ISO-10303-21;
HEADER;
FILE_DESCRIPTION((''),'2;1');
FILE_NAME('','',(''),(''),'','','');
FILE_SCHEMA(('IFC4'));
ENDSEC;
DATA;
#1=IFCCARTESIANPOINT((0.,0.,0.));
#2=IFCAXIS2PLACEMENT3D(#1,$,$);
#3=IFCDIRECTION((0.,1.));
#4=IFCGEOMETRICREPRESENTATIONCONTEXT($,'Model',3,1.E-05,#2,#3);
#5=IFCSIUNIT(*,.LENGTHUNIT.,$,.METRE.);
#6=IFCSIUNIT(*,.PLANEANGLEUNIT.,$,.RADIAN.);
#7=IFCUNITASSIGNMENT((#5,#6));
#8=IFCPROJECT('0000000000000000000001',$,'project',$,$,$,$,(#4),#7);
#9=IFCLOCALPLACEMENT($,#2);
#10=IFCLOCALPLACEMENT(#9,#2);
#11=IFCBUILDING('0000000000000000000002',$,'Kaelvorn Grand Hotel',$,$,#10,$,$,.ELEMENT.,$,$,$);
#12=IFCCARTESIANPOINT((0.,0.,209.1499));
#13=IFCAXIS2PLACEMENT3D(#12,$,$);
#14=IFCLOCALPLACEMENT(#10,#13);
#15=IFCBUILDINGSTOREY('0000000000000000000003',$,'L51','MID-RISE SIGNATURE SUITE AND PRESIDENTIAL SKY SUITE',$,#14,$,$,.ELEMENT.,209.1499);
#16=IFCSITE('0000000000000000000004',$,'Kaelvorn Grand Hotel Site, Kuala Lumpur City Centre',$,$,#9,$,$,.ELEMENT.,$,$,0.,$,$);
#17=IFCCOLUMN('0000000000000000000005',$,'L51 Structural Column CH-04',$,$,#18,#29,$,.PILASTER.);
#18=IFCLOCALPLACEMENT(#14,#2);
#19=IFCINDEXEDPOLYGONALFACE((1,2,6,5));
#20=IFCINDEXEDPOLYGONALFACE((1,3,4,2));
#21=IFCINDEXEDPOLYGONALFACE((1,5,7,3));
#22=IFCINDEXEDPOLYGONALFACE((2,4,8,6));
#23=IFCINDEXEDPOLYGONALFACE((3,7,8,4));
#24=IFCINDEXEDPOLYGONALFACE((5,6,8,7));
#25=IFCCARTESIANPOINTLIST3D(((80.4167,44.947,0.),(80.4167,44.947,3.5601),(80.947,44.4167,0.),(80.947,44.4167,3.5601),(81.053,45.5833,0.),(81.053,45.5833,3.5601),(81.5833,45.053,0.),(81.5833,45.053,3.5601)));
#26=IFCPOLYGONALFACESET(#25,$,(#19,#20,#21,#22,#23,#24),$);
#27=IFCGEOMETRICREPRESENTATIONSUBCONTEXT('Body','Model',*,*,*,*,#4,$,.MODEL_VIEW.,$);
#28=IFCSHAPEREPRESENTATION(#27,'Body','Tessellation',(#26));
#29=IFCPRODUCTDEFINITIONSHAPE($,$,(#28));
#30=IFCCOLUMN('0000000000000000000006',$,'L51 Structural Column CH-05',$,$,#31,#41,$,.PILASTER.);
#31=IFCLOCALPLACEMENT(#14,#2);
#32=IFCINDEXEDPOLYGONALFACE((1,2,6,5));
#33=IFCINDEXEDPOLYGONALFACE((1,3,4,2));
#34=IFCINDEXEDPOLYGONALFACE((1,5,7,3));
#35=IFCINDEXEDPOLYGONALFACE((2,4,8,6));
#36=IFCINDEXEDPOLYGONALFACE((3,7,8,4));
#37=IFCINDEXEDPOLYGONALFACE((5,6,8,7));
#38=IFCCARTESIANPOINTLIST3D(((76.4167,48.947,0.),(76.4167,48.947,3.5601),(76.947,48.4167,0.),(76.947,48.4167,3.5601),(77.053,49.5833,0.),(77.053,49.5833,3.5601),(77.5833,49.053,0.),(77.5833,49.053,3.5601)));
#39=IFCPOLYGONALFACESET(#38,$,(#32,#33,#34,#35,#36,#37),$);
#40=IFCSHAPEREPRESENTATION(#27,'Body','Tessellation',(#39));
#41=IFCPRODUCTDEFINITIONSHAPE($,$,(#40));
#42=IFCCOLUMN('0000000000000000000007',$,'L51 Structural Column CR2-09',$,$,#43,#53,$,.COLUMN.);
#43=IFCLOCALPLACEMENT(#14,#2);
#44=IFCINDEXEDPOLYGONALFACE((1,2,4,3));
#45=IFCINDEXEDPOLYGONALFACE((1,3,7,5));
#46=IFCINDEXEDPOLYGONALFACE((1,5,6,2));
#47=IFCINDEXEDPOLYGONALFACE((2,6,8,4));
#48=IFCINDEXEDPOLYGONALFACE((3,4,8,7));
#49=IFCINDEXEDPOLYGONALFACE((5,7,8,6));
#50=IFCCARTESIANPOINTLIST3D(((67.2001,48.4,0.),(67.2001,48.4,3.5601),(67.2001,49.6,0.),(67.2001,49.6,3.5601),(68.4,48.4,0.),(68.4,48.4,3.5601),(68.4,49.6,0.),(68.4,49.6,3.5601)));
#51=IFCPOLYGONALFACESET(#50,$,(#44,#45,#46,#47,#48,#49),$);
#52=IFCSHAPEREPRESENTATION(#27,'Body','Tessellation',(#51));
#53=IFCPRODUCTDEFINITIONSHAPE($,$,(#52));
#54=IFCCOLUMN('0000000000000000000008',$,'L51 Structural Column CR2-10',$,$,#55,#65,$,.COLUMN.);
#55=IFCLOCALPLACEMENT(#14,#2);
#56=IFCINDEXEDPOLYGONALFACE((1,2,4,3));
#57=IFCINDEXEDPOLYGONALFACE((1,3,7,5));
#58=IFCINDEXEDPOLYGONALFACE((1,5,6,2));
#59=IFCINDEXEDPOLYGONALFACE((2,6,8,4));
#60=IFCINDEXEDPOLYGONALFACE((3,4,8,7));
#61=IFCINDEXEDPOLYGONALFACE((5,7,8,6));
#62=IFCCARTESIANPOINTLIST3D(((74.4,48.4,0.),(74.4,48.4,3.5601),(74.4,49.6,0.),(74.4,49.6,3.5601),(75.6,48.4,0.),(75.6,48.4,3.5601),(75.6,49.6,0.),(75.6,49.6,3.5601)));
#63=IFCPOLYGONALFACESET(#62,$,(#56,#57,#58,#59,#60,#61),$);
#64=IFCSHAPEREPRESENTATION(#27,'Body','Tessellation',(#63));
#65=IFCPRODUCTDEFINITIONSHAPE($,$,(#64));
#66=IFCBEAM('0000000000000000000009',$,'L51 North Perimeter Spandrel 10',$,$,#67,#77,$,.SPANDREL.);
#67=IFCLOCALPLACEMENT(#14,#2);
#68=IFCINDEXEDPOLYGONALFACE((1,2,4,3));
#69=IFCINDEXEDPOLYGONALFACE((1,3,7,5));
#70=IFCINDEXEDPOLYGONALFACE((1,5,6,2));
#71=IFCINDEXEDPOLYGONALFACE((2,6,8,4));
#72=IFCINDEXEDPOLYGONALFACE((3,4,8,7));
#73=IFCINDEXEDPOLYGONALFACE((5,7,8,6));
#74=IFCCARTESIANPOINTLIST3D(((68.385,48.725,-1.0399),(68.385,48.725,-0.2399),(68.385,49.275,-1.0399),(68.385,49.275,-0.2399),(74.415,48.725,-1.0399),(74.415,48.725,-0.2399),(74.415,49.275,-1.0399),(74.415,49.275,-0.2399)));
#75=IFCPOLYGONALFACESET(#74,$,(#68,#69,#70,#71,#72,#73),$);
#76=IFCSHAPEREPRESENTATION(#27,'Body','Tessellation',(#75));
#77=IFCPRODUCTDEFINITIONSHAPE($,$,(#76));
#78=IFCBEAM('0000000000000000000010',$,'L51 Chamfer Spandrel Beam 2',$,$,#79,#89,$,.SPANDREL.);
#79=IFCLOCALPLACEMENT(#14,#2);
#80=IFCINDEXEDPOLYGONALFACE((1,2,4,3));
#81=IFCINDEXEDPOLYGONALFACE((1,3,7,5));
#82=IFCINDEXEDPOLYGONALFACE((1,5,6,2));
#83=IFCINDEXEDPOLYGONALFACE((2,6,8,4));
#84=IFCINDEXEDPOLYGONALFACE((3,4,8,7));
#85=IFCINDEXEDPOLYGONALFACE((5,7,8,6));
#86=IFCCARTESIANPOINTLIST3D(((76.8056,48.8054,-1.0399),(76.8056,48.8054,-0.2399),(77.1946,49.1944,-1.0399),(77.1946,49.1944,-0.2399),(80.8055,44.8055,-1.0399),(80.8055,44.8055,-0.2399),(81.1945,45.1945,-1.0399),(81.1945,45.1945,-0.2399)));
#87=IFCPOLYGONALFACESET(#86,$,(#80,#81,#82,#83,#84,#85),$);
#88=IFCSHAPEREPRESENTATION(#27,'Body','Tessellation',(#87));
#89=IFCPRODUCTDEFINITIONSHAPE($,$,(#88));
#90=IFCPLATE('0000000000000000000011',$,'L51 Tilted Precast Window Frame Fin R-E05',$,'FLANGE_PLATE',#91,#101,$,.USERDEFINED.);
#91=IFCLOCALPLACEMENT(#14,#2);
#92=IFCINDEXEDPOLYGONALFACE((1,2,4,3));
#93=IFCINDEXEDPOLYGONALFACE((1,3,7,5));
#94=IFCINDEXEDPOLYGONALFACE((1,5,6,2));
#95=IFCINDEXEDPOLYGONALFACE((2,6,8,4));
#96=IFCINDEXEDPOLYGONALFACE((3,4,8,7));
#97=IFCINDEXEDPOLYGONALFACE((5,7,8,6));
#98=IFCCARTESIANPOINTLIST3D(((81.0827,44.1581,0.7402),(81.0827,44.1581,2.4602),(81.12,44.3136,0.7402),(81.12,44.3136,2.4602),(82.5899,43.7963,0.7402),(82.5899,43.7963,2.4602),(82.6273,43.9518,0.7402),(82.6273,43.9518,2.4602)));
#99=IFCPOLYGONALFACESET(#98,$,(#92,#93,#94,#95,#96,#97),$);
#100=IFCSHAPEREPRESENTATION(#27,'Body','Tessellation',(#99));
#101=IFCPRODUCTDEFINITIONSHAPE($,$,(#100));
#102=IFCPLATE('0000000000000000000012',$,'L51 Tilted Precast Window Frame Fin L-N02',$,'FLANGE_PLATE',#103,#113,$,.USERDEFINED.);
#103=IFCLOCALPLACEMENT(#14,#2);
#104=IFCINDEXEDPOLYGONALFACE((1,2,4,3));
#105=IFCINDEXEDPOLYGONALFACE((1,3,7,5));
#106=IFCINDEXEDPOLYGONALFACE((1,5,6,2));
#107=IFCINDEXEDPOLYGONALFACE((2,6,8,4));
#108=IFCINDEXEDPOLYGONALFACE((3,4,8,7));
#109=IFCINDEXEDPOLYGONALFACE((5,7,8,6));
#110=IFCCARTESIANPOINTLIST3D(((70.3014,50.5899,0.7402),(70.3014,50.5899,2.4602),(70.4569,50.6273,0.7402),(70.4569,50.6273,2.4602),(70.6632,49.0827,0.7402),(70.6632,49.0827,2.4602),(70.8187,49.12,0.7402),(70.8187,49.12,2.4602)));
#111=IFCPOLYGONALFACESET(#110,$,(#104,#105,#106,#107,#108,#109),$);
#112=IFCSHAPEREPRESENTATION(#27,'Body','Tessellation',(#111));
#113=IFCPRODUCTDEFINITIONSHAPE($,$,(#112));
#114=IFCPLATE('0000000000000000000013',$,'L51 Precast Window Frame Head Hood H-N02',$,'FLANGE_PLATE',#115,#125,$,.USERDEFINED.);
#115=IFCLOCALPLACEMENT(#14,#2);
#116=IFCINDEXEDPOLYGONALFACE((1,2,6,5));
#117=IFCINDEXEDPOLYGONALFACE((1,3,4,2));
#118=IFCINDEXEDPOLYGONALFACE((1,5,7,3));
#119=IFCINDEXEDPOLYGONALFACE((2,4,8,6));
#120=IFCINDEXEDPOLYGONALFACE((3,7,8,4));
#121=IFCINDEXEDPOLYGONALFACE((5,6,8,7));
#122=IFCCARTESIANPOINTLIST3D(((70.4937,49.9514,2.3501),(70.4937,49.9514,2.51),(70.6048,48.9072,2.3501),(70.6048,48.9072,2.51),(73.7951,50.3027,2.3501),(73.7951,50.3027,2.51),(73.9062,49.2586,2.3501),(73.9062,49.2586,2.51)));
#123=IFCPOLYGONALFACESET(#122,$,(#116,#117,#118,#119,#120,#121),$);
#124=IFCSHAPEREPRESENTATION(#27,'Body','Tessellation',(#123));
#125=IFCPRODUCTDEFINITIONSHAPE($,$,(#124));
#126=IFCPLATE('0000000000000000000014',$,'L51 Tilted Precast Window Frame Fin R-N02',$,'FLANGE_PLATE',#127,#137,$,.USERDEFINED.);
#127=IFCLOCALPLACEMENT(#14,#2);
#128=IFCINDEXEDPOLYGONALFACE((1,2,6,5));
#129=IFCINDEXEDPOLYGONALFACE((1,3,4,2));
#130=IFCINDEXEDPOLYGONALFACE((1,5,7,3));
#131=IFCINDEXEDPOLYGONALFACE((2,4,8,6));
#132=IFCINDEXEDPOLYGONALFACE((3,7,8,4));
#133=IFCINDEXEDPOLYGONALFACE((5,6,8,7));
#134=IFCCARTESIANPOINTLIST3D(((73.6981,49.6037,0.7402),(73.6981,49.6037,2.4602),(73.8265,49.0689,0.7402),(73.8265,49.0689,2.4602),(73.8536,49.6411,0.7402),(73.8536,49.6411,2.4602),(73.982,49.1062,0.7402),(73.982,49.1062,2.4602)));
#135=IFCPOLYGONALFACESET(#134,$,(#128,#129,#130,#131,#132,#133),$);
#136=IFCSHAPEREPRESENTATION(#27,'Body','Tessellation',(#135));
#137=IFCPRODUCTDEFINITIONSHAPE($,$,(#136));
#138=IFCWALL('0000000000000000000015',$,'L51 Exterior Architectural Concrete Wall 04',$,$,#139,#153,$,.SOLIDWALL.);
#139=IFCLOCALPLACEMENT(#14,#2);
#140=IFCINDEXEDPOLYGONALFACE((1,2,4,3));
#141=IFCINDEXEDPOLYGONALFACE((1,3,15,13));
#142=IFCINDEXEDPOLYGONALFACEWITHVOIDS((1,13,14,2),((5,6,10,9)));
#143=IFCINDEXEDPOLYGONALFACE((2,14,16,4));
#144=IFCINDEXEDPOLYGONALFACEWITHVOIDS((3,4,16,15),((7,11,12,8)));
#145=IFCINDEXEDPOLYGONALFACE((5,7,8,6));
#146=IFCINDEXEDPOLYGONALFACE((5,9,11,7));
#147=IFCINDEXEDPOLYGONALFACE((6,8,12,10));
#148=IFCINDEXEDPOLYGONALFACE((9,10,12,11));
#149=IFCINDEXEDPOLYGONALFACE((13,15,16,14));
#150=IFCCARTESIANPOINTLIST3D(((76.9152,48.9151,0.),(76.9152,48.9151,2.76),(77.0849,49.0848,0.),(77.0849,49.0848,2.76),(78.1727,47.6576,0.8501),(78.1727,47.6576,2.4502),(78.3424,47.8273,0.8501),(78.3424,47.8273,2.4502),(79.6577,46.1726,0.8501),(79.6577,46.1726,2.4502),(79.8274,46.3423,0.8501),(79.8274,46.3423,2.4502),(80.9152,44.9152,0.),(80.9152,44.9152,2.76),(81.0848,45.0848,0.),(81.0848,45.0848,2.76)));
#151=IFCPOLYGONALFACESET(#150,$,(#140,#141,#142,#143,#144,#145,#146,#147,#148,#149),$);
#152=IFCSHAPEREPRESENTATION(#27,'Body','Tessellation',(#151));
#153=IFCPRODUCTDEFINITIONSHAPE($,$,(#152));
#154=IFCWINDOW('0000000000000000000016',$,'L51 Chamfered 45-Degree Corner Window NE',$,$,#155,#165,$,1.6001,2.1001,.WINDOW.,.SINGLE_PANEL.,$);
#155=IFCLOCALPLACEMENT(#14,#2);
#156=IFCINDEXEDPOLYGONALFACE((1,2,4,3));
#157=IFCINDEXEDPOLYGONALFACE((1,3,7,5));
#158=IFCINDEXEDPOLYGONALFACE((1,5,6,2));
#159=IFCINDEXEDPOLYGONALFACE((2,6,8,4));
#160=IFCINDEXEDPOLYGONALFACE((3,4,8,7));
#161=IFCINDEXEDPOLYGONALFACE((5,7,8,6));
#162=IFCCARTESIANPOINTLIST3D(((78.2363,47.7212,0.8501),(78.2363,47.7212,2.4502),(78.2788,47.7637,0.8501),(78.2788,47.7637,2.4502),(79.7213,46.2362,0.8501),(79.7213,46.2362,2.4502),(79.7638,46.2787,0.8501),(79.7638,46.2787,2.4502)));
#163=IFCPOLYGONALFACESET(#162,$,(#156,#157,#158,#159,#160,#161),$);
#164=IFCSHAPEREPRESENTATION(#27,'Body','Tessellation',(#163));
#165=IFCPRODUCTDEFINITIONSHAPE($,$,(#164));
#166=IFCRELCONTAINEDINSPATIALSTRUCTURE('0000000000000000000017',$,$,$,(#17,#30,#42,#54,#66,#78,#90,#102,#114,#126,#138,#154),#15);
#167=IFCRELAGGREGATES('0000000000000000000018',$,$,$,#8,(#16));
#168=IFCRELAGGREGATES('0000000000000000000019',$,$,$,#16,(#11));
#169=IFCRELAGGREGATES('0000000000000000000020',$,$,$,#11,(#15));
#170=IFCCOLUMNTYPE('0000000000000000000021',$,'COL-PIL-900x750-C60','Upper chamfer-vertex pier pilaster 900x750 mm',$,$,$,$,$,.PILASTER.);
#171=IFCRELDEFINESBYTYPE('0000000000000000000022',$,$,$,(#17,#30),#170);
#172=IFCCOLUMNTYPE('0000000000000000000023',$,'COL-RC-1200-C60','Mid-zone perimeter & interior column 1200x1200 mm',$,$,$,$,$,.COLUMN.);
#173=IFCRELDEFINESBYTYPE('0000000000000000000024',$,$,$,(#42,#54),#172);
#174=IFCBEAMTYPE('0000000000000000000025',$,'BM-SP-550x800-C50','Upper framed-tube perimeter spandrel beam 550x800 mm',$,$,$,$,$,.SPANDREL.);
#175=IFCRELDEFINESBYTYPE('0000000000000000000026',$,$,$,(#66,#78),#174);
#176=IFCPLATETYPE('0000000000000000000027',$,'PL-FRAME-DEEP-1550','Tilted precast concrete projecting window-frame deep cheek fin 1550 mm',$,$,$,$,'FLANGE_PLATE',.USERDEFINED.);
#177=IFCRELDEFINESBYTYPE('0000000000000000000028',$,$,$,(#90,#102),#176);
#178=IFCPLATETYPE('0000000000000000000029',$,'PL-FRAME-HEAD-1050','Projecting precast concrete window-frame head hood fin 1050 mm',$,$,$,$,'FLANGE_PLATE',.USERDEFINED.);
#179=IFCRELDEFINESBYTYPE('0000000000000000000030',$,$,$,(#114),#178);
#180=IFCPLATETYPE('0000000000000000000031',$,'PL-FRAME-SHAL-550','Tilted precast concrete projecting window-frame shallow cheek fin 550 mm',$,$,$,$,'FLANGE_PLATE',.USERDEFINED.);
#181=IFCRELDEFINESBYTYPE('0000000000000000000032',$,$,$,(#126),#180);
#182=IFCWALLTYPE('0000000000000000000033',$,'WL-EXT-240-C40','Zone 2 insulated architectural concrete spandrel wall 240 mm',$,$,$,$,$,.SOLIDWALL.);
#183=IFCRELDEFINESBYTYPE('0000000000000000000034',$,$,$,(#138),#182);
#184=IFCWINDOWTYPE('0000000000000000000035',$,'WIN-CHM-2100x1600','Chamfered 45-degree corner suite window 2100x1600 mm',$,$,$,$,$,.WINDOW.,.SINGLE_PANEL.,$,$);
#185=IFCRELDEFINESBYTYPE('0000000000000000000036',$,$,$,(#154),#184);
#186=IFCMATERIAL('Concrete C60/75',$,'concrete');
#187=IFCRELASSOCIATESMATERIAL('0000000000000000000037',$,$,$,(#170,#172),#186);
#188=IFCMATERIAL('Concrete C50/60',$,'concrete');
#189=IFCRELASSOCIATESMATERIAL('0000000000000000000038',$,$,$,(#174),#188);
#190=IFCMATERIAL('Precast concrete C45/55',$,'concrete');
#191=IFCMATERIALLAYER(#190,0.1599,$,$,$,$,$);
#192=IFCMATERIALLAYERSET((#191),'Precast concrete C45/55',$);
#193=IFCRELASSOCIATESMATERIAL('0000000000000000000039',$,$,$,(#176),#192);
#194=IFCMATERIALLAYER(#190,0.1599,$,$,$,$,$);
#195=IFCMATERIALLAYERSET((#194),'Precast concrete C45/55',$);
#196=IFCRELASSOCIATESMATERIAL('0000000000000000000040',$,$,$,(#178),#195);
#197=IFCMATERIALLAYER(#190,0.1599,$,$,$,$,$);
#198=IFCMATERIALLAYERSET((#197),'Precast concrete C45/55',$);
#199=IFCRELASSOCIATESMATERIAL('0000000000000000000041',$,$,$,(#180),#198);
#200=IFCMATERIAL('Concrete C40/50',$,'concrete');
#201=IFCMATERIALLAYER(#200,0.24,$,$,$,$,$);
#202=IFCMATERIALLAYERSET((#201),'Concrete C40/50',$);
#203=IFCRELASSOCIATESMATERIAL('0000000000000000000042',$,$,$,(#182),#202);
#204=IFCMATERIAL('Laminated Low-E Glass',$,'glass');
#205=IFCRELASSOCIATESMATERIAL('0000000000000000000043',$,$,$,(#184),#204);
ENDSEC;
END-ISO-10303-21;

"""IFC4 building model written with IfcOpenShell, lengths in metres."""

from ifc_helpers import new_model, si_unit, direction, frame, frame_2d, origin, origin_2d, place, context, subcontext, project, spatial, rectangle, extrude, material, layer, layer_set, material_profile, profile_set, type_object, element, fill, save


model = new_model("IFC4")

# Units and contexts
model_context = context("Model", 3, precision=1e-05, world=origin(), true_north=direction((0.0, 1.0)))
body_context = subcontext(model_context, "Body", "Model", "MODEL_VIEW")
ifc_project = project(units=[si_unit("LENGTHUNIT", "METRE"), si_unit("PLANEANGLEUNIT", "RADIAN")], contexts=[model_context])

# Site, building, storey
site_placement = place(None, origin())
site = spatial("IfcSite", under=ifc_project, at=site_placement, Name="Kaelvorn Grand Hotel Site, Kuala Lumpur City Centre", CompositionType="ELEMENT", RefElevation=0.0)
building_placement = place(site_placement, origin())
building = spatial("IfcBuilding", under=site, at=building_placement, Name="Kaelvorn Grand Hotel", CompositionType="ELEMENT")
storey_placement = place(building_placement, frame((0.0, 0.0, 209.1499)))
storey = spatial("IfcBuildingStorey", under=building, at=storey_placement, Name="L51", Description="MID-RISE SIGNATURE SUITE AND PRESIDENTIAL SKY SUITE", CompositionType="ELEMENT", Elevation=209.1499)

# Columns
ifc_material_1 = material(Name="Concrete C60/75", Category="concrete")
ifc_material_profile_1 = material_profile(ifc_material_1, rectangle(XDim=0.8999, YDim=0.75, at=origin_2d()), Name="RC PILASTER 900x750")
ifc_profile_set_1 = profile_set([ifc_material_profile_1], Name="Concrete C60/75")
column_type_1 = type_object("IfcColumnType", Name="COL-PIL-900x750-C60", Description="Upper chamfer-vertex pier pilaster 900x750 mm", PredefinedType="PILASTER", material=ifc_profile_set_1)
for number, where, z_axis, x_axis, name in (
    (1, (81.0, 45.0, 0.0), (0.0, 0.0, 1.0), (0.707107, 0.707107, 0.0), "L51 Structural Column CH-04"),
    (2, (77.0, 49.0, 0.0), (0.0, 0.0, 1.0), (0.707107, 0.707107, 0.0), "L51 Structural Column CH-05"),
):
    element("IfcColumn", number, at=place(storey_placement, frame(where, z_axis=z_axis, x_axis=x_axis)), inside=storey, type_object=column_type_1, Name=name, PredefinedType="PILASTER", context=body_context, shape_type="SweptSolid", body=[
        extrude(rectangle(XDim=0.8999, YDim=0.75, at=origin_2d()), origin(), (0.0, 0.0, 1.0), 3.5601),
    ])
ifc_material_profile_2 = material_profile(ifc_material_1, rectangle(XDim=1.2, YDim=1.2, at=origin_2d()), Name="RC COL 1200x1200")
ifc_profile_set_2 = profile_set([ifc_material_profile_2], Name="Concrete C60/75")
column_type_2 = type_object("IfcColumnType", Name="COL-RC-1200-C60", Description="Mid-zone perimeter & interior column 1200x1200 mm", PredefinedType="COLUMN", material=ifc_profile_set_2)
for number, where, z_axis, x_axis, name in (
    (3, (67.8, 49.0, 0.0), (0.0, 0.0, 1.0), (1.0, 0.0, 0.0), "L51 Structural Column CR2-09"),
    (4, (75.0, 49.0, 0.0), (0.0, 0.0, 1.0), (1.0, 0.0, 0.0), "L51 Structural Column CR2-10"),
):
    element("IfcColumn", number, at=place(storey_placement, frame(where, z_axis=z_axis, x_axis=x_axis)), inside=storey, type_object=column_type_2, Name=name, PredefinedType="COLUMN", context=body_context, shape_type="SweptSolid", body=[
        extrude(rectangle(XDim=1.2, YDim=1.2, at=origin_2d()), origin(), (0.0, 0.0, 1.0), 3.5601),
    ])

# Beams
ifc_material_2 = material(Name="Concrete C50/60", Category="concrete")
ifc_material_profile_3 = material_profile(ifc_material_2, rectangle(XDim=0.55, YDim=0.8, at=origin_2d()), Name="RC SPANDREL 550x800")
ifc_profile_set_3 = profile_set([ifc_material_profile_3], Name="Concrete C50/60")
beam_type = type_object("IfcBeamType", Name="BM-SP-550x800-C50", Description="Upper framed-tube perimeter spandrel beam 550x800 mm", PredefinedType="SPANDREL", material=ifc_profile_set_3)
beam_1_placement = place(storey_placement, frame((68.385, 49.0, -0.6399), z_axis=(1.0, 0.0, 0.0), x_axis=(0.0, 1.0, 0.0)))
element("IfcBeam", 5, at=beam_1_placement, inside=storey, type_object=beam_type, Name="L51 North Perimeter Spandrel 10", PredefinedType="SPANDREL", context=body_context, shape_type="SweptSolid", body=[
    extrude(rectangle(XDim=0.55, YDim=0.8, at=origin_2d()), origin(), (0.0, 0.0, 1.0), 6.03),
])
beam_2_placement = place(storey_placement, frame((81.0, 45.0, -0.6399), z_axis=(-0.707107, 0.707107, 0.0), x_axis=(-0.707107, -0.707107, 0.0)))
element("IfcBeam", 6, at=beam_2_placement, inside=storey, type_object=beam_type, Name="L51 Chamfer Spandrel Beam 2", PredefinedType="SPANDREL", context=body_context, shape_type="SweptSolid", body=[
    extrude(rectangle(XDim=0.55, YDim=0.8, at=origin_2d()), origin(), (0.0, 0.0, 1.0), 5.6567),
])

# Plates
ifc_material_3 = material(Name="Precast concrete C45/55", Category="concrete")
ifc_layer_1 = layer(ifc_material_3, 0.1599)
ifc_layer_set_1 = layer_set([ifc_layer_1], Name="Precast concrete C45/55")
plate_type_1 = type_object("IfcPlateType", Name="PL-FRAME-DEEP-1550", Description="Tilted precast concrete projecting window-frame deep cheek fin 1550 mm", ElementType="FLANGE_PLATE", PredefinedType="USERDEFINED", material=ifc_layer_set_1)
for number, where, z_axis, x_axis, name in (
    (7, (81.855, 44.0549, 0.7402), (0.0, 0.0, 1.0), (0.233445, 0.97237, 0.0), "L51 Tilted Precast Window Frame Fin R-E05"),
    (8, (70.5601, 49.855, 0.7402), (0.0, 0.0, 1.0), (0.97237, 0.233445, 0.0), "L51 Tilted Precast Window Frame Fin L-N02"),
):
    element("IfcPlate", number, at=place(storey_placement, frame(where, z_axis=z_axis, x_axis=x_axis)), inside=storey, type_object=plate_type_1, Name=name, ObjectType="FLANGE_PLATE", PredefinedType="USERDEFINED", context=body_context, shape_type="SweptSolid", body=[
        extrude(rectangle(XDim=0.1599, YDim=1.55, at=origin_2d()), origin(), (0.0, 0.0, 1.0), 1.72),
    ])
ifc_layer_2 = layer(ifc_material_3, 0.1599)
ifc_layer_set_2 = layer_set([ifc_layer_2], Name="Precast concrete C45/55")
plate_type_2 = type_object("IfcPlateType", Name="PL-FRAME-HEAD-1050", Description="Projecting precast concrete window-frame head hood fin 1050 mm", ElementType="FLANGE_PLATE", PredefinedType="USERDEFINED", material=ifc_layer_set_2)
plate_1_placement = place(storey_placement, frame((72.2, 49.605, 2.3501), z_axis=(0.0, 0.0, 1.0), x_axis=(0.994384, 0.10583, 0.0)))
element("IfcPlate", 9, at=plate_1_placement, inside=storey, type_object=plate_type_2, Name="L51 Precast Window Frame Head Hood H-N02", ObjectType="FLANGE_PLATE", PredefinedType="USERDEFINED", context=body_context, shape_type="SweptSolid", body=[
    extrude(rectangle(XDim=3.3201, YDim=1.05, at=origin_2d()), origin(), (0.0, 0.0, 1.0), 0.1599),
])
ifc_layer_3 = layer(ifc_material_3, 0.1599)
ifc_layer_set_3 = layer_set([ifc_layer_3], Name="Precast concrete C45/55")
plate_type_3 = type_object("IfcPlateType", Name="PL-FRAME-SHAL-550", Description="Tilted precast concrete projecting window-frame shallow cheek fin 550 mm", ElementType="FLANGE_PLATE", PredefinedType="USERDEFINED", material=ifc_layer_set_3)
plate_2_placement = place(storey_placement, frame((73.8401, 49.355, 0.7402), z_axis=(0.0, 0.0, 1.0), x_axis=(0.97237, 0.233445, 0.0)))
element("IfcPlate", 10, at=plate_2_placement, inside=storey, type_object=plate_type_3, Name="L51 Tilted Precast Window Frame Fin R-N02", ObjectType="FLANGE_PLATE", PredefinedType="USERDEFINED", context=body_context, shape_type="SweptSolid", body=[
    extrude(rectangle(XDim=0.1599, YDim=0.55, at=origin_2d()), origin(), (0.0, 0.0, 1.0), 1.72),
])

# Wall, opening, window
ifc_material_4 = material(Name="Concrete C40/50", Category="concrete")
ifc_layer_4 = layer(ifc_material_4, 0.24)
ifc_layer_set_4 = layer_set([ifc_layer_4], Name="Concrete C40/50")
wall_type = type_object("IfcWallType", Name="WL-EXT-240-C40", Description="Zone 2 insulated architectural concrete spandrel wall 240 mm", PredefinedType="SOLIDWALL", material=ifc_layer_set_4)
wall_1_placement = place(storey_placement, frame((81.0, 45.0, 0.0), z_axis=(0.0, 0.0, 1.0), x_axis=(-0.707107, 0.707107, 0.0)))
wall_1 = element("IfcWall", 11, at=wall_1_placement, inside=storey, type_object=wall_type, Name="L51 Exterior Architectural Concrete Wall 04", PredefinedType="SOLIDWALL", context=body_context, shape_type="SweptSolid", body=[
    extrude(rectangle(XDim=5.6567, YDim=0.24, at=frame_2d((2.8284, 0.0))), origin(), (0.0, 0.0, 1.0), 2.76),
])
opening_1_placement = place(wall_1_placement, frame((1.7783, 0.0, 0.8501)))
opening_1 = element("IfcOpeningElement", 12, at=opening_1_placement, cuts=wall_1, PredefinedType="OPENING", context=body_context, shape_type="SweptSolid", body=[
    extrude(rectangle(XDim=2.1001, YDim=1.6001, at=frame_2d((1.05, 0.8))), frame((0.0, 0.1299, 0.0), z_axis=(0.0, -1.0, 0.0), x_axis=(1.0, 0.0, 0.0)), (0.0, 0.0, 1.0), 0.26),
])
ifc_material_5 = material(Name="Laminated Low-E Glass", Category="glass")
window_type_1 = type_object("IfcWindowType", Name="WIN-CHM-2100x1600", Description="Chamfered 45-degree corner suite window 2100x1600 mm", PartitioningType="SINGLE_PANEL", PredefinedType="WINDOW", material=ifc_material_5)
window_1_placement = place(opening_1_placement, origin())
window_1 = element("IfcWindow", 13, at=window_1_placement, inside=storey, type_object=window_type_1, Name="L51 Chamfered 45-Degree Corner Window NE", OverallHeight=1.6001, OverallWidth=2.1001, PartitioningType="SINGLE_PANEL", PredefinedType="WINDOW", context=body_context, shape_type="SweptSolid", body=[
    extrude(rectangle(XDim=2.1001, YDim=1.6001, at=frame_2d((1.05, 0.8))), frame((0.0, 0.03, 0.0), z_axis=(0.0, -1.0, 0.0), x_axis=(1.0, 0.0, 0.0)), (0.0, 0.0, 1.0), 0.0601),
])
fill(opening_1, window_1)

save(model, "model.ifc")
